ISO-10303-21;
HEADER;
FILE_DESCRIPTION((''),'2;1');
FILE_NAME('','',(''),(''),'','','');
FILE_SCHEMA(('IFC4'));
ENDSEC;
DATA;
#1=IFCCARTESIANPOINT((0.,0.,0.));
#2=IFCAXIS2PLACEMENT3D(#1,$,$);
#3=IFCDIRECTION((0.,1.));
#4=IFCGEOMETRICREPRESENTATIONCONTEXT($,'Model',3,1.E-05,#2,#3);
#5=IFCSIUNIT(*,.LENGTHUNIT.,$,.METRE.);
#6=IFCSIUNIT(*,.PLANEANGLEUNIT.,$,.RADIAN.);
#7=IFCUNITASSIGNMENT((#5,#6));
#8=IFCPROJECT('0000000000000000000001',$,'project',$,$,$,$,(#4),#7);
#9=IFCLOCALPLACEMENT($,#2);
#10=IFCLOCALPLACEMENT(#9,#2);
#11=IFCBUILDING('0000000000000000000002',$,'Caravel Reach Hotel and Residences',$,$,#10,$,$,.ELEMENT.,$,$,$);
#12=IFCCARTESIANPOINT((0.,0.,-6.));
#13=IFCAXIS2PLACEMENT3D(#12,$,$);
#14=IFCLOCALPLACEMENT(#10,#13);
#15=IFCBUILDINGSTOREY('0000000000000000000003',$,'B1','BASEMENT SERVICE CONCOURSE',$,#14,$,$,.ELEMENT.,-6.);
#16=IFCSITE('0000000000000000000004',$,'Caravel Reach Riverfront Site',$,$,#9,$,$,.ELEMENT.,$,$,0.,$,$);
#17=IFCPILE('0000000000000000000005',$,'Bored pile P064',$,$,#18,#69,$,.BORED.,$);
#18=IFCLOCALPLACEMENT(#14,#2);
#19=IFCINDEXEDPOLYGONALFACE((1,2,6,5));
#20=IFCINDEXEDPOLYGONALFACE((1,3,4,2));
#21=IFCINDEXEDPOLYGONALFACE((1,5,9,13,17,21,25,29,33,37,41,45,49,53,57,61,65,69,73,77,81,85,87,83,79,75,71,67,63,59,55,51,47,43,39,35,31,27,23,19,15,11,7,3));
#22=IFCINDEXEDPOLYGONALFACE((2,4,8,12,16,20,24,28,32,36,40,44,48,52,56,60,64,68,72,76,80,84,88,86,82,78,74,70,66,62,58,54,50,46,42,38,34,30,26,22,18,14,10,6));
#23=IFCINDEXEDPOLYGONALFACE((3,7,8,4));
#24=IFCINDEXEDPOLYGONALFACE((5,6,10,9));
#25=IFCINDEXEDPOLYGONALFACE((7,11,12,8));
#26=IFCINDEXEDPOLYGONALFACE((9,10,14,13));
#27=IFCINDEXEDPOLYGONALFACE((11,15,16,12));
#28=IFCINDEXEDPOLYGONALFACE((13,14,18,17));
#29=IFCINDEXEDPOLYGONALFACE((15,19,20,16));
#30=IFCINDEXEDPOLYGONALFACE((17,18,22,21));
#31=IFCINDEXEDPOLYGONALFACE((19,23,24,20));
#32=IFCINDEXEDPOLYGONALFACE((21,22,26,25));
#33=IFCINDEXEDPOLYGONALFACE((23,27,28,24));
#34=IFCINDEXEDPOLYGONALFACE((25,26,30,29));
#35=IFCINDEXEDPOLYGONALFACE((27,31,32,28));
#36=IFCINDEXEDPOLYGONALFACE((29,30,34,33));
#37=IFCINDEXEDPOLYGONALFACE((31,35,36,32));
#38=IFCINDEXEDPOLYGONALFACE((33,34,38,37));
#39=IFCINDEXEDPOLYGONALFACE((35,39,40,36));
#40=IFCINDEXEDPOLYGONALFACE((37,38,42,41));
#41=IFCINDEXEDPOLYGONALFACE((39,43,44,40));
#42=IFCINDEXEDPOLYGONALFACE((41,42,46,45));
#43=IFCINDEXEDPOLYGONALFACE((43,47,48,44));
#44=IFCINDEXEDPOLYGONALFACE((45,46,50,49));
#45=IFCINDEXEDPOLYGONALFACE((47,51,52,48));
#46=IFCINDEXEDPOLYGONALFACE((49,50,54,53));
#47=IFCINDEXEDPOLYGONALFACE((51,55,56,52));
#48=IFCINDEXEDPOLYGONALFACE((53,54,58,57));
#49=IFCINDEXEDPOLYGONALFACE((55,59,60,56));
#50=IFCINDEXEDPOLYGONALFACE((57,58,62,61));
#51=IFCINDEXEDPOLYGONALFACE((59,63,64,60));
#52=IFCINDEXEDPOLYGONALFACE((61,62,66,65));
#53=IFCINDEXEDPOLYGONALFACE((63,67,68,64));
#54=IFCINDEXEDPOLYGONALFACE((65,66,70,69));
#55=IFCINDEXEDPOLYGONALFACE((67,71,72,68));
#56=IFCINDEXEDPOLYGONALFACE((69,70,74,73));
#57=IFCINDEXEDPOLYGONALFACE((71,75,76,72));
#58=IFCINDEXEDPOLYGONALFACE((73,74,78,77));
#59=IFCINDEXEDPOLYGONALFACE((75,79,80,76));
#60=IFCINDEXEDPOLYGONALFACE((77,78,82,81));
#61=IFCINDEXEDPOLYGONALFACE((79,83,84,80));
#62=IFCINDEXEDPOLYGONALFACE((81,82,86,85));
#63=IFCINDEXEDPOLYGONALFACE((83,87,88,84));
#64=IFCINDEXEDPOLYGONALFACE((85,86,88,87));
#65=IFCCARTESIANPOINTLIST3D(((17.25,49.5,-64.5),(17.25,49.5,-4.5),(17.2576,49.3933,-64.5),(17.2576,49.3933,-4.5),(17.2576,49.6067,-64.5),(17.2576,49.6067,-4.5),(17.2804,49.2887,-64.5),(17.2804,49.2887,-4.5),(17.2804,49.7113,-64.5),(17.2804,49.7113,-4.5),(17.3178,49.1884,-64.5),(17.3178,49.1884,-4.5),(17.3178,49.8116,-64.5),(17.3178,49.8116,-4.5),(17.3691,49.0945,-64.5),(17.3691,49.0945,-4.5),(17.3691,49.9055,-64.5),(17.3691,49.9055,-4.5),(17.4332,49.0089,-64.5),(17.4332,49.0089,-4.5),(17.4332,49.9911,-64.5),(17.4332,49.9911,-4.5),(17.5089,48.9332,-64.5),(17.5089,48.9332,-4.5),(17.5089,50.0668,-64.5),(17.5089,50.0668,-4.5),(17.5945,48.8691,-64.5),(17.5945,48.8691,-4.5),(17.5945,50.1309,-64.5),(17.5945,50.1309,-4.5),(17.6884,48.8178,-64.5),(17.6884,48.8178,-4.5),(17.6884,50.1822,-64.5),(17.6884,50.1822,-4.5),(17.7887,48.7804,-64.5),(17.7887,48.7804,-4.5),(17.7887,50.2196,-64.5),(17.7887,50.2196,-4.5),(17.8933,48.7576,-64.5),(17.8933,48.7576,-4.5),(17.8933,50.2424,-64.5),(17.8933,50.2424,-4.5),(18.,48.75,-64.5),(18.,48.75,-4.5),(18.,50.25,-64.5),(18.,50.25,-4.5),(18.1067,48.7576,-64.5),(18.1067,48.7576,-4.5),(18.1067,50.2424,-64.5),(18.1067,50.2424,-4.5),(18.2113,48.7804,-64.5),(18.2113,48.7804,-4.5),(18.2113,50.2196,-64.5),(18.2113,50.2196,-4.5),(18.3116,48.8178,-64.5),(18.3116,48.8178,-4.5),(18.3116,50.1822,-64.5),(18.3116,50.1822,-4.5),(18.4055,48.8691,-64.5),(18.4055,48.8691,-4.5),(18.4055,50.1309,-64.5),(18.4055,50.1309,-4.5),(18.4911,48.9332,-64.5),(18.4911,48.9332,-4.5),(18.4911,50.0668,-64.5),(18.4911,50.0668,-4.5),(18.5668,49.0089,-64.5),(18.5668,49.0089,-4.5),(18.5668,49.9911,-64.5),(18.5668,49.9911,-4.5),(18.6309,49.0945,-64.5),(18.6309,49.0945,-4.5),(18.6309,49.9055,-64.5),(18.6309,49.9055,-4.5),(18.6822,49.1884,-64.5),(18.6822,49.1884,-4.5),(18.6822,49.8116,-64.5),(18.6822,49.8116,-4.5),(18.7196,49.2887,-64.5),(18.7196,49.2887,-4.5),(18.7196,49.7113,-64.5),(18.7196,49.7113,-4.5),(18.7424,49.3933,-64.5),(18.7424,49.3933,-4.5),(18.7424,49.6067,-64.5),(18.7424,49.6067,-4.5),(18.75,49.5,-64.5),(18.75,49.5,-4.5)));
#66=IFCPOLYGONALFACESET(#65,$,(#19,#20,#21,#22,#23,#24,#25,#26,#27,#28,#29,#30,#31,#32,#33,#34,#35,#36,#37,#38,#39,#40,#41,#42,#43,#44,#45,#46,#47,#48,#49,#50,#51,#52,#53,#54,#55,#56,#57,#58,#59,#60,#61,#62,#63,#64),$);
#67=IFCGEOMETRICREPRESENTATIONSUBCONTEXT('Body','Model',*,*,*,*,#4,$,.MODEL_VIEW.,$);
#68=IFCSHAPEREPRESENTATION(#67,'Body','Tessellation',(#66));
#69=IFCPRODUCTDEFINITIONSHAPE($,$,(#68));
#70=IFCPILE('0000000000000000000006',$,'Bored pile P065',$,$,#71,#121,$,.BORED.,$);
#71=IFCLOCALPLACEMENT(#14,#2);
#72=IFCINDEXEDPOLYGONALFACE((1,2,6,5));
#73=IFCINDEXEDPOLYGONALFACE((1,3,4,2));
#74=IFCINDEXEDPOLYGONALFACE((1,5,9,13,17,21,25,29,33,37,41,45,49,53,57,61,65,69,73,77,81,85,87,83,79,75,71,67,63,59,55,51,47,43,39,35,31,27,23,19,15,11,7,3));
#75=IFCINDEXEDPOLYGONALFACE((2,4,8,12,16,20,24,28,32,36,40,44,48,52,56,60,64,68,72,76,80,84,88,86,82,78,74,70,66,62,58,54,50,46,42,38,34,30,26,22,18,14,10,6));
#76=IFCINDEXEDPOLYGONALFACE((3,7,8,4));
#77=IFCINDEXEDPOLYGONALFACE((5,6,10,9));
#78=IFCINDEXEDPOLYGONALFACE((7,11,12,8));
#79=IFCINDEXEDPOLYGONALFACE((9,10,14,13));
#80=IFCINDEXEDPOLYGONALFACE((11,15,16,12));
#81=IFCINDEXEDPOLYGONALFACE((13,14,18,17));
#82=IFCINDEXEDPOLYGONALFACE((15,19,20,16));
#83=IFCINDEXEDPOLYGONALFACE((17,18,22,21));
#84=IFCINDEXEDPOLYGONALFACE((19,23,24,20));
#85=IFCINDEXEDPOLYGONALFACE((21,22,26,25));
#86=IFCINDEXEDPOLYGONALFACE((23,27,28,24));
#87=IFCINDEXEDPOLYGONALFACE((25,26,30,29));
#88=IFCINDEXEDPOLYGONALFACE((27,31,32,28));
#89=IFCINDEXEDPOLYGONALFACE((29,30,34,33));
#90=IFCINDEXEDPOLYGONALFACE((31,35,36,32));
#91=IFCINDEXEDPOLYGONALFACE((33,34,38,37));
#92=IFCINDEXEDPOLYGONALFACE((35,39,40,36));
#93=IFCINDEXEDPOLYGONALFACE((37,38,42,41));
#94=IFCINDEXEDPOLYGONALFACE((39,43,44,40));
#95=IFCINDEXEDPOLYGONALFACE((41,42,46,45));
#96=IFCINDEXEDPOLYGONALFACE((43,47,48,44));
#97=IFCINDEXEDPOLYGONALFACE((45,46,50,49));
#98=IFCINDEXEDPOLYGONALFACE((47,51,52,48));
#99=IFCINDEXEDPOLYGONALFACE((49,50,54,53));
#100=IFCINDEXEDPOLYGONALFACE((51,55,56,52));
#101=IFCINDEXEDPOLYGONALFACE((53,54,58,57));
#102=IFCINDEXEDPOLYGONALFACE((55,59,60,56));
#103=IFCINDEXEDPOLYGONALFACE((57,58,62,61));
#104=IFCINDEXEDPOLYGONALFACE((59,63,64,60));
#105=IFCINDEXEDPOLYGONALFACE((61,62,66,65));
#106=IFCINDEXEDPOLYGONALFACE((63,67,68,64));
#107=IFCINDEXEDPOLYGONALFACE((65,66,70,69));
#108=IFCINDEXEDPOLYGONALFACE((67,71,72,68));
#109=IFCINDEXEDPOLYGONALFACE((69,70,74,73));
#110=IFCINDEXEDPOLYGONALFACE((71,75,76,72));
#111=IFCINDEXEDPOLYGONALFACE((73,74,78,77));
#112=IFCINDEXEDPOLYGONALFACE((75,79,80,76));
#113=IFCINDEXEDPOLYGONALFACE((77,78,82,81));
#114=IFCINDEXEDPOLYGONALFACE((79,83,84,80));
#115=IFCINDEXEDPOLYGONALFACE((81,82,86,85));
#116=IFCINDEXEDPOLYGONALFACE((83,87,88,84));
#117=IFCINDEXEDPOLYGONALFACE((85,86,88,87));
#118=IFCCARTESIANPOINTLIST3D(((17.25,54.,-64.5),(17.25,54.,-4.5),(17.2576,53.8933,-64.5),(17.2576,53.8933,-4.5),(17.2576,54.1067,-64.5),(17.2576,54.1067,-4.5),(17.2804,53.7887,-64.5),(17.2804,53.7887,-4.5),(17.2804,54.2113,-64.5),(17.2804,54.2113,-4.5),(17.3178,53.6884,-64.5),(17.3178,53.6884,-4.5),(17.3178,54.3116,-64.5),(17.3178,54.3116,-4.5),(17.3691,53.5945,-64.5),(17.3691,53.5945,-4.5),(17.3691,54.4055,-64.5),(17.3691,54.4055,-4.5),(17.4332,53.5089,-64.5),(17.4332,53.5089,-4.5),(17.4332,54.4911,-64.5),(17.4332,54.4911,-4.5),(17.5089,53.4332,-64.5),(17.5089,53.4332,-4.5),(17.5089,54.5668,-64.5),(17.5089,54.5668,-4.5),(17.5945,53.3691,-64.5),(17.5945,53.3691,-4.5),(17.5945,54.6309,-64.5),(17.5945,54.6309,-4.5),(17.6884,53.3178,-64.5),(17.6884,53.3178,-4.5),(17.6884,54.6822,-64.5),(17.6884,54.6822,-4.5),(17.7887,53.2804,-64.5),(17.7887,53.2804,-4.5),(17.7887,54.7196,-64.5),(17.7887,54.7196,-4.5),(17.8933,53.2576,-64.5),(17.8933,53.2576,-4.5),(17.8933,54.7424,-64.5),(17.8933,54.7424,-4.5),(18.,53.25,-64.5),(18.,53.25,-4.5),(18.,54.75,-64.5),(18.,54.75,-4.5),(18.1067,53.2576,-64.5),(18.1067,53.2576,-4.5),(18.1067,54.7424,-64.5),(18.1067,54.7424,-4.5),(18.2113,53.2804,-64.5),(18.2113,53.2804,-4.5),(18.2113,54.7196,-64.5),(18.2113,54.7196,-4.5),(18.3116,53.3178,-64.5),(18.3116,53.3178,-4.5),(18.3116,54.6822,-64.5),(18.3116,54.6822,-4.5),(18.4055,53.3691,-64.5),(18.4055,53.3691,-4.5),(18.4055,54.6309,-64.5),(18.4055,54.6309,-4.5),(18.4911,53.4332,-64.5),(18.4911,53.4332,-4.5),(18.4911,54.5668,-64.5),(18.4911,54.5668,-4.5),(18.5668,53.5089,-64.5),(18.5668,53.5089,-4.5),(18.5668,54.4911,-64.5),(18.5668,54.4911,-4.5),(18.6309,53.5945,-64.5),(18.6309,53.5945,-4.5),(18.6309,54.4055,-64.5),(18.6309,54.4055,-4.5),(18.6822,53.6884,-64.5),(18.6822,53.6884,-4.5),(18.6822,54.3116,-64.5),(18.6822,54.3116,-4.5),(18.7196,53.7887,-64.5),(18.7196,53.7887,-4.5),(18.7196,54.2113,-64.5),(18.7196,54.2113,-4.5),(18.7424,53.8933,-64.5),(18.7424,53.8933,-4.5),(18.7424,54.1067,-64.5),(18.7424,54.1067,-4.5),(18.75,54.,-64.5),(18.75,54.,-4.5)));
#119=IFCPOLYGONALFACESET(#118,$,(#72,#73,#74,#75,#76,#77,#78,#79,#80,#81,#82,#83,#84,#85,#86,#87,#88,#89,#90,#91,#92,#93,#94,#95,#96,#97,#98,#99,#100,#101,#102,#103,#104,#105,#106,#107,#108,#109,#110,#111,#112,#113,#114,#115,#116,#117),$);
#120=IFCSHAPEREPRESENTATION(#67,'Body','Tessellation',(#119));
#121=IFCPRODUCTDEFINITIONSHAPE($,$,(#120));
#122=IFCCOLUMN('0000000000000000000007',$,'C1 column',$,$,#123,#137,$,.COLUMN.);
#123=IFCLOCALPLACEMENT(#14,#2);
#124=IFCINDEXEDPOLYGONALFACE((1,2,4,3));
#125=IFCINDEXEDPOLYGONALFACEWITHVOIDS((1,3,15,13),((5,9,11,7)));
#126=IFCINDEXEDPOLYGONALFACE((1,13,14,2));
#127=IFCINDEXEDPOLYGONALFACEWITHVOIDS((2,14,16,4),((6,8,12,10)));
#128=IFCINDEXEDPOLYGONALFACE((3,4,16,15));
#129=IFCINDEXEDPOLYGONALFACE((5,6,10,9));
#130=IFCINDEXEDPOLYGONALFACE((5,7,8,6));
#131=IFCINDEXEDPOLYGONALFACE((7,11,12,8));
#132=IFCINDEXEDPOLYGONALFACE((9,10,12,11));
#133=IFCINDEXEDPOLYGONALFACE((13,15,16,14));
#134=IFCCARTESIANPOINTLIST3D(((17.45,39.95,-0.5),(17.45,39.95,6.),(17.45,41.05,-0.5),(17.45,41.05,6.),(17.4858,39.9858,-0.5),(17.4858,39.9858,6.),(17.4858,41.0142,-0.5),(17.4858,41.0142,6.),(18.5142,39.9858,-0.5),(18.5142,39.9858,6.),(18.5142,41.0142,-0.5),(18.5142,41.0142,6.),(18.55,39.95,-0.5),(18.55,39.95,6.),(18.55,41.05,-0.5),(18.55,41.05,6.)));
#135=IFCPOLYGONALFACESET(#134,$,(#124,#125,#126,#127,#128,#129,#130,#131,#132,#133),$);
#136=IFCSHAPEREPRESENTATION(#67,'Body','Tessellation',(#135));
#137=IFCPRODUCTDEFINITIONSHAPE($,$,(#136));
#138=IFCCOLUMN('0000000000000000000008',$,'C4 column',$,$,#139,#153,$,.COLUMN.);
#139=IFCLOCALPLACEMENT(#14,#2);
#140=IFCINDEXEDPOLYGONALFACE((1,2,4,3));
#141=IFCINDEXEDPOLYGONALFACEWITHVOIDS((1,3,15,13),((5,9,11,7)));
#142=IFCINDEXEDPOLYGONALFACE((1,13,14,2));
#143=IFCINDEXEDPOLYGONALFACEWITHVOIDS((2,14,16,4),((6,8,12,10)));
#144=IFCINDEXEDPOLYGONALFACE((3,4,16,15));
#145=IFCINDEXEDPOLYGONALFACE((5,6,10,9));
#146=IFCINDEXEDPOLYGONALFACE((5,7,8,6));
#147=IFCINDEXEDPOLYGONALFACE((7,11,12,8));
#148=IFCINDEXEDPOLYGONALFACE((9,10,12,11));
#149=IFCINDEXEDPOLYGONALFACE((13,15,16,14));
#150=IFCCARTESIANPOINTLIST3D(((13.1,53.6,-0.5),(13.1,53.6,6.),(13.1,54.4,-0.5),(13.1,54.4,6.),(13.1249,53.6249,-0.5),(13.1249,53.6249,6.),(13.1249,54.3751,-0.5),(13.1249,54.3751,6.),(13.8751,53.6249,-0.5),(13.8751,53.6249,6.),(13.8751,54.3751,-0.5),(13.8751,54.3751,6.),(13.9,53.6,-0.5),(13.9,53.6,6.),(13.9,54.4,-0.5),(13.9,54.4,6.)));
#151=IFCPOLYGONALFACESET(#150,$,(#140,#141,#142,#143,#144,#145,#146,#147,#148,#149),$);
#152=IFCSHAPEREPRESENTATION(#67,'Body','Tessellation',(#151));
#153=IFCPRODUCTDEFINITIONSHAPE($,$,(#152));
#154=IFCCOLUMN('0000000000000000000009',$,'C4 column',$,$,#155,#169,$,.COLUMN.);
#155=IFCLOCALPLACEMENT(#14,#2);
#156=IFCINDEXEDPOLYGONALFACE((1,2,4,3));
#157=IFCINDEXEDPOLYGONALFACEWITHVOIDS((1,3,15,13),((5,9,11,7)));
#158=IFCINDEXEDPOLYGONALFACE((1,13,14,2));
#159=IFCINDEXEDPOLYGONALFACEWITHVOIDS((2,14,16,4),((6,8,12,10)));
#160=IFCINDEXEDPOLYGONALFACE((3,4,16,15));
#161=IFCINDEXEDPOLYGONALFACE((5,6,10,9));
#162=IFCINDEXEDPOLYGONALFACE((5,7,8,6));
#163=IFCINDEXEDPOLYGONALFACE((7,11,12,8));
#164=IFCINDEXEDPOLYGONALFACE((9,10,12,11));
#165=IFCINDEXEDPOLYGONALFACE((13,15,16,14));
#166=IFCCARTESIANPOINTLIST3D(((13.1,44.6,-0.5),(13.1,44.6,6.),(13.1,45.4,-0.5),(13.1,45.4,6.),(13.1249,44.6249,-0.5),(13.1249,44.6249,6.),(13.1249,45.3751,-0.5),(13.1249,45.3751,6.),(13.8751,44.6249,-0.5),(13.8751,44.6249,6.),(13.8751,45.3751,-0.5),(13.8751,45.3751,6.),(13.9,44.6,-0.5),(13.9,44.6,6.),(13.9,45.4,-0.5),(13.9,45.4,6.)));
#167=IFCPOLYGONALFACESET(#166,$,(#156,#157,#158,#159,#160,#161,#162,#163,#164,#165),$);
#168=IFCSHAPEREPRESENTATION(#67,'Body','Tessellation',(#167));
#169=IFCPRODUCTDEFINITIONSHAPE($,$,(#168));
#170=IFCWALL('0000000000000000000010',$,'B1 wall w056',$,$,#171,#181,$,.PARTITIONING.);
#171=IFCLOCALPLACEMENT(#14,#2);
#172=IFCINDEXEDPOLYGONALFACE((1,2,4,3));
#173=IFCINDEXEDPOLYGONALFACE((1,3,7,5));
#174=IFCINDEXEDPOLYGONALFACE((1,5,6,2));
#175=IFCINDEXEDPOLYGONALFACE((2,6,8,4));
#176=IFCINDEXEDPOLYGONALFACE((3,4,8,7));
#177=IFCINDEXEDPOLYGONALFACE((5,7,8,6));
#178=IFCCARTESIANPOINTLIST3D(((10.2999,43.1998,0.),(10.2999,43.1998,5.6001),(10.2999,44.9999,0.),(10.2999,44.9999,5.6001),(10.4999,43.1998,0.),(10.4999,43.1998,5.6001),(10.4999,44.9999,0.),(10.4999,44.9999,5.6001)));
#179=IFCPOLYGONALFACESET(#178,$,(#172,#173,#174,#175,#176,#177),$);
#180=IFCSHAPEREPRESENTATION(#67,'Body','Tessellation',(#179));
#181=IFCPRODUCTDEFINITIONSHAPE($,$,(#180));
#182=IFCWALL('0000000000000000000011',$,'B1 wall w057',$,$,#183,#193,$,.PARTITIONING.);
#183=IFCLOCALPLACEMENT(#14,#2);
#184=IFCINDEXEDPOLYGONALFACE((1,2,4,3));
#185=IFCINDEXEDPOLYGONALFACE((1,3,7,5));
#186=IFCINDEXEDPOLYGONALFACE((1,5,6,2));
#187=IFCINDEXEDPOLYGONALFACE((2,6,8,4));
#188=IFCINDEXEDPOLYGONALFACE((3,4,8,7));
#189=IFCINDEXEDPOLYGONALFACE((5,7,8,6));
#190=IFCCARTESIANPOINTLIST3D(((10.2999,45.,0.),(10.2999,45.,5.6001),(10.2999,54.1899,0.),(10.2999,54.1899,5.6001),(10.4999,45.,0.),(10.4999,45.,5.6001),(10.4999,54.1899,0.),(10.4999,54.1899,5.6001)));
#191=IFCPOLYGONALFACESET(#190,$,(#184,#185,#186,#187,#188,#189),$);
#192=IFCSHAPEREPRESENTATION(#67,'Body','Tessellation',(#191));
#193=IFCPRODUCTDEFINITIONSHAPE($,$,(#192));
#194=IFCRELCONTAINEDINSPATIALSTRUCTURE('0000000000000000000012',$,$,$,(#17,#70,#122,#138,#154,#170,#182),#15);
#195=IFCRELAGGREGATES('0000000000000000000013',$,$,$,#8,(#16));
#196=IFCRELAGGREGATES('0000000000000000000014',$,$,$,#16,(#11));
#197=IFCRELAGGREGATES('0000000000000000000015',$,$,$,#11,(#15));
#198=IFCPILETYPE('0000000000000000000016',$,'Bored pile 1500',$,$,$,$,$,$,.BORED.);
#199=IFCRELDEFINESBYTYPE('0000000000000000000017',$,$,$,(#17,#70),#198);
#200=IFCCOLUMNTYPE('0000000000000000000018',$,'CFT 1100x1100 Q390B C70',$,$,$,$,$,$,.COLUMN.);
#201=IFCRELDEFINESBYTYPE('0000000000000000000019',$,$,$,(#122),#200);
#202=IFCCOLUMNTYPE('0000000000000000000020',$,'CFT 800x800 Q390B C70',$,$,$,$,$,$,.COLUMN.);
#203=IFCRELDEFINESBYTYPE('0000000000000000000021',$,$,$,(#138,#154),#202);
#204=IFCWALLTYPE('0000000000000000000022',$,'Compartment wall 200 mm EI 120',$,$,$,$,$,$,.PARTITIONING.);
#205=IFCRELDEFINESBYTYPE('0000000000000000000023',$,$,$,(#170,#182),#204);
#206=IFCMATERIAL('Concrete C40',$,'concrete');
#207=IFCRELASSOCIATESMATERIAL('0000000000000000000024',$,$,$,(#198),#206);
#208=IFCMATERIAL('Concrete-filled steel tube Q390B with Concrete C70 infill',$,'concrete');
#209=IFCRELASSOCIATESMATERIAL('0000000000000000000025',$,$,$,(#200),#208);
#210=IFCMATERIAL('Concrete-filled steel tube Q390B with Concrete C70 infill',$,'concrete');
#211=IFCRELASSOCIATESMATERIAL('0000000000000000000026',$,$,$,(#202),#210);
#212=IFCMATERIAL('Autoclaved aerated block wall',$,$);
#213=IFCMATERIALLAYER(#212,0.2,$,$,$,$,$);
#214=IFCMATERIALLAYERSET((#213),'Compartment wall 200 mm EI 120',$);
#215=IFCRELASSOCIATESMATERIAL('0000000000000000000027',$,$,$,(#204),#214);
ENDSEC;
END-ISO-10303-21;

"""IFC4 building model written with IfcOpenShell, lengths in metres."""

from ifc_helpers import new_model, si_unit, direction, frame, frame_2d, origin, origin_2d, place, context, subcontext, project, spatial, rectangle, hollow_rectangle, circle, extrude, material, layer, layer_set, material_profile, profile_set, type_object, element, save


model = new_model("IFC4")

# Units and contexts
model_context = context("Model", 3, precision=1e-05, world=origin(), true_north=direction((0.0, 1.0)))
body_context = subcontext(model_context, "Body", "Model", "MODEL_VIEW")
ifc_project = project(units=[si_unit("LENGTHUNIT", "METRE"), si_unit("PLANEANGLEUNIT", "RADIAN")], contexts=[model_context])

# Site, building, storey
site_placement = place(None, origin())
site = spatial("IfcSite", under=ifc_project, at=site_placement, Name="Caravel Reach Riverfront Site", CompositionType="ELEMENT", RefElevation=0.0)
building_placement = place(site_placement, origin())
building = spatial("IfcBuilding", under=site, at=building_placement, Name="Caravel Reach Hotel and Residences", CompositionType="ELEMENT")
storey_placement = place(building_placement, frame((0.0, 0.0, -6.0)))
storey = spatial("IfcBuildingStorey", under=building, at=storey_placement, Name="B1", Description="BASEMENT SERVICE CONCOURSE", CompositionType="ELEMENT", Elevation=-6.0)

# Piles
ifc_material_1 = material(Name="Concrete C40", Category="concrete")
ifc_material_profile_1 = material_profile(ifc_material_1, circle(Radius=0.75, at=origin_2d()), Name="PILE 1500")
ifc_profile_set_1 = profile_set([ifc_material_profile_1], Name="Concrete C40")
pile_type = type_object("IfcPileType", Name="Bored pile 1500", PredefinedType="BORED", material=ifc_profile_set_1)
for number, where, z_axis, x_axis, name in (
    (1, (18.0, 49.5, -4.5), (0.0, 0.0, -1.0), (1.0, 0.0, 0.0), "Bored pile P064"),
    (2, (18.0, 54.0, -4.5), (0.0, 0.0, -1.0), (1.0, 0.0, 0.0), "Bored pile P065"),
):
    element("IfcPile", number, at=place(storey_placement, frame(where, z_axis=z_axis, x_axis=x_axis)), inside=storey, type_object=pile_type, Name=name, PredefinedType="BORED", context=body_context, shape_type="SweptSolid", body=[
        extrude(circle(Radius=0.75, at=origin_2d()), origin(), (0.0, 0.0, 1.0), 60.0),
    ])

# Columns
ifc_material_2 = material(Name="Concrete-filled steel tube Q390B with Concrete C70 infill", Category="concrete")
ifc_material_profile_2 = material_profile(ifc_material_2, hollow_rectangle(XDim=1.1001, YDim=1.1001, WallThickness=0.0359, at=origin_2d()), Name="RHS 1100x1100x36")
ifc_profile_set_2 = profile_set([ifc_material_profile_2], Name="Concrete-filled steel tube Q390B with Concrete C70 infill")
column_type_1 = type_object("IfcColumnType", Name="CFT 1100x1100 Q390B C70", PredefinedType="COLUMN", material=ifc_profile_set_2)
column_placement = place(storey_placement, frame((18.0, 40.5, -0.5), z_axis=(0.0, 0.0, 1.0), x_axis=(1.0, 0.0, 0.0)))
element("IfcColumn", 3, at=column_placement, inside=storey, type_object=column_type_1, Name="C1 column", PredefinedType="COLUMN", context=body_context, shape_type="SweptSolid", body=[
    extrude(hollow_rectangle(XDim=1.1001, YDim=1.1001, WallThickness=0.0359, at=origin_2d()), origin(), (0.0, 0.0, 1.0), 6.5),
])
ifc_material_3 = material(Name="Concrete-filled steel tube Q390B with Concrete C70 infill", Category="concrete")
ifc_material_profile_3 = material_profile(ifc_material_3, hollow_rectangle(XDim=0.8, YDim=0.8, WallThickness=0.0249, at=origin_2d()), Name="RHS 800x800x25")
ifc_profile_set_3 = profile_set([ifc_material_profile_3], Name="Concrete-filled steel tube Q390B with Concrete C70 infill")
column_type_2 = type_object("IfcColumnType", Name="CFT 800x800 Q390B C70", PredefinedType="COLUMN", material=ifc_profile_set_3)
for number, where, z_axis, x_axis, name in (
    (4, (13.5, 54.0, -0.5), (0.0, 0.0, 1.0), (1.0, 0.0, 0.0), "C4 column"),
    (5, (13.5, 45.0, -0.5), (0.0, 0.0, 1.0), (1.0, 0.0, 0.0), "C4 column"),
):
    element("IfcColumn", number, at=place(storey_placement, frame(where, z_axis=z_axis, x_axis=x_axis)), inside=storey, type_object=column_type_2, Name=name, PredefinedType="COLUMN", context=body_context, shape_type="SweptSolid", body=[
        extrude(hollow_rectangle(XDim=0.8, YDim=0.8, WallThickness=0.0249, at=origin_2d()), origin(), (0.0, 0.0, 1.0), 6.5),
    ])

# Walls
ifc_material_4 = material(Name="Autoclaved aerated block wall")
ifc_layer_1 = layer(ifc_material_4, 0.2)
ifc_layer_set_1 = layer_set([ifc_layer_1], Name="Compartment wall 200 mm EI 120")
wall_type_1 = type_object("IfcWallType", Name="Compartment wall 200 mm EI 120", PredefinedType="PARTITIONING", material=ifc_layer_set_1)
wall_1_placement = place(storey_placement, frame((10.3999, 43.2, 0.0), z_axis=(0.0, 0.0, 1.0), x_axis=(0.0, 1.0, 0.0)))
element("IfcWall", 6, at=wall_1_placement, inside=storey, type_object=wall_type_1, Name="B1 wall w056", PredefinedType="PARTITIONING", context=body_context, shape_type="SweptSolid", body=[
    extrude(rectangle(XDim=1.8, YDim=0.2, at=frame_2d((0.8999, 0.0))), origin(), (0.0, 0.0, 1.0), 5.6001),
])
wall_2_placement = place(storey_placement, frame((10.3999, 45.0, 0.0), z_axis=(0.0, 0.0, 1.0), x_axis=(0.0, 1.0, 0.0)))
element("IfcWall", 7, at=wall_2_placement, inside=storey, type_object=wall_type_1, Name="B1 wall w057", PredefinedType="PARTITIONING", context=body_context, shape_type="SweptSolid", body=[
    extrude(rectangle(XDim=9.1899, YDim=0.2, at=frame_2d((4.595, 0.0))), origin(), (0.0, 0.0, 1.0), 5.6001),
])

save(model, "model.ifc")
